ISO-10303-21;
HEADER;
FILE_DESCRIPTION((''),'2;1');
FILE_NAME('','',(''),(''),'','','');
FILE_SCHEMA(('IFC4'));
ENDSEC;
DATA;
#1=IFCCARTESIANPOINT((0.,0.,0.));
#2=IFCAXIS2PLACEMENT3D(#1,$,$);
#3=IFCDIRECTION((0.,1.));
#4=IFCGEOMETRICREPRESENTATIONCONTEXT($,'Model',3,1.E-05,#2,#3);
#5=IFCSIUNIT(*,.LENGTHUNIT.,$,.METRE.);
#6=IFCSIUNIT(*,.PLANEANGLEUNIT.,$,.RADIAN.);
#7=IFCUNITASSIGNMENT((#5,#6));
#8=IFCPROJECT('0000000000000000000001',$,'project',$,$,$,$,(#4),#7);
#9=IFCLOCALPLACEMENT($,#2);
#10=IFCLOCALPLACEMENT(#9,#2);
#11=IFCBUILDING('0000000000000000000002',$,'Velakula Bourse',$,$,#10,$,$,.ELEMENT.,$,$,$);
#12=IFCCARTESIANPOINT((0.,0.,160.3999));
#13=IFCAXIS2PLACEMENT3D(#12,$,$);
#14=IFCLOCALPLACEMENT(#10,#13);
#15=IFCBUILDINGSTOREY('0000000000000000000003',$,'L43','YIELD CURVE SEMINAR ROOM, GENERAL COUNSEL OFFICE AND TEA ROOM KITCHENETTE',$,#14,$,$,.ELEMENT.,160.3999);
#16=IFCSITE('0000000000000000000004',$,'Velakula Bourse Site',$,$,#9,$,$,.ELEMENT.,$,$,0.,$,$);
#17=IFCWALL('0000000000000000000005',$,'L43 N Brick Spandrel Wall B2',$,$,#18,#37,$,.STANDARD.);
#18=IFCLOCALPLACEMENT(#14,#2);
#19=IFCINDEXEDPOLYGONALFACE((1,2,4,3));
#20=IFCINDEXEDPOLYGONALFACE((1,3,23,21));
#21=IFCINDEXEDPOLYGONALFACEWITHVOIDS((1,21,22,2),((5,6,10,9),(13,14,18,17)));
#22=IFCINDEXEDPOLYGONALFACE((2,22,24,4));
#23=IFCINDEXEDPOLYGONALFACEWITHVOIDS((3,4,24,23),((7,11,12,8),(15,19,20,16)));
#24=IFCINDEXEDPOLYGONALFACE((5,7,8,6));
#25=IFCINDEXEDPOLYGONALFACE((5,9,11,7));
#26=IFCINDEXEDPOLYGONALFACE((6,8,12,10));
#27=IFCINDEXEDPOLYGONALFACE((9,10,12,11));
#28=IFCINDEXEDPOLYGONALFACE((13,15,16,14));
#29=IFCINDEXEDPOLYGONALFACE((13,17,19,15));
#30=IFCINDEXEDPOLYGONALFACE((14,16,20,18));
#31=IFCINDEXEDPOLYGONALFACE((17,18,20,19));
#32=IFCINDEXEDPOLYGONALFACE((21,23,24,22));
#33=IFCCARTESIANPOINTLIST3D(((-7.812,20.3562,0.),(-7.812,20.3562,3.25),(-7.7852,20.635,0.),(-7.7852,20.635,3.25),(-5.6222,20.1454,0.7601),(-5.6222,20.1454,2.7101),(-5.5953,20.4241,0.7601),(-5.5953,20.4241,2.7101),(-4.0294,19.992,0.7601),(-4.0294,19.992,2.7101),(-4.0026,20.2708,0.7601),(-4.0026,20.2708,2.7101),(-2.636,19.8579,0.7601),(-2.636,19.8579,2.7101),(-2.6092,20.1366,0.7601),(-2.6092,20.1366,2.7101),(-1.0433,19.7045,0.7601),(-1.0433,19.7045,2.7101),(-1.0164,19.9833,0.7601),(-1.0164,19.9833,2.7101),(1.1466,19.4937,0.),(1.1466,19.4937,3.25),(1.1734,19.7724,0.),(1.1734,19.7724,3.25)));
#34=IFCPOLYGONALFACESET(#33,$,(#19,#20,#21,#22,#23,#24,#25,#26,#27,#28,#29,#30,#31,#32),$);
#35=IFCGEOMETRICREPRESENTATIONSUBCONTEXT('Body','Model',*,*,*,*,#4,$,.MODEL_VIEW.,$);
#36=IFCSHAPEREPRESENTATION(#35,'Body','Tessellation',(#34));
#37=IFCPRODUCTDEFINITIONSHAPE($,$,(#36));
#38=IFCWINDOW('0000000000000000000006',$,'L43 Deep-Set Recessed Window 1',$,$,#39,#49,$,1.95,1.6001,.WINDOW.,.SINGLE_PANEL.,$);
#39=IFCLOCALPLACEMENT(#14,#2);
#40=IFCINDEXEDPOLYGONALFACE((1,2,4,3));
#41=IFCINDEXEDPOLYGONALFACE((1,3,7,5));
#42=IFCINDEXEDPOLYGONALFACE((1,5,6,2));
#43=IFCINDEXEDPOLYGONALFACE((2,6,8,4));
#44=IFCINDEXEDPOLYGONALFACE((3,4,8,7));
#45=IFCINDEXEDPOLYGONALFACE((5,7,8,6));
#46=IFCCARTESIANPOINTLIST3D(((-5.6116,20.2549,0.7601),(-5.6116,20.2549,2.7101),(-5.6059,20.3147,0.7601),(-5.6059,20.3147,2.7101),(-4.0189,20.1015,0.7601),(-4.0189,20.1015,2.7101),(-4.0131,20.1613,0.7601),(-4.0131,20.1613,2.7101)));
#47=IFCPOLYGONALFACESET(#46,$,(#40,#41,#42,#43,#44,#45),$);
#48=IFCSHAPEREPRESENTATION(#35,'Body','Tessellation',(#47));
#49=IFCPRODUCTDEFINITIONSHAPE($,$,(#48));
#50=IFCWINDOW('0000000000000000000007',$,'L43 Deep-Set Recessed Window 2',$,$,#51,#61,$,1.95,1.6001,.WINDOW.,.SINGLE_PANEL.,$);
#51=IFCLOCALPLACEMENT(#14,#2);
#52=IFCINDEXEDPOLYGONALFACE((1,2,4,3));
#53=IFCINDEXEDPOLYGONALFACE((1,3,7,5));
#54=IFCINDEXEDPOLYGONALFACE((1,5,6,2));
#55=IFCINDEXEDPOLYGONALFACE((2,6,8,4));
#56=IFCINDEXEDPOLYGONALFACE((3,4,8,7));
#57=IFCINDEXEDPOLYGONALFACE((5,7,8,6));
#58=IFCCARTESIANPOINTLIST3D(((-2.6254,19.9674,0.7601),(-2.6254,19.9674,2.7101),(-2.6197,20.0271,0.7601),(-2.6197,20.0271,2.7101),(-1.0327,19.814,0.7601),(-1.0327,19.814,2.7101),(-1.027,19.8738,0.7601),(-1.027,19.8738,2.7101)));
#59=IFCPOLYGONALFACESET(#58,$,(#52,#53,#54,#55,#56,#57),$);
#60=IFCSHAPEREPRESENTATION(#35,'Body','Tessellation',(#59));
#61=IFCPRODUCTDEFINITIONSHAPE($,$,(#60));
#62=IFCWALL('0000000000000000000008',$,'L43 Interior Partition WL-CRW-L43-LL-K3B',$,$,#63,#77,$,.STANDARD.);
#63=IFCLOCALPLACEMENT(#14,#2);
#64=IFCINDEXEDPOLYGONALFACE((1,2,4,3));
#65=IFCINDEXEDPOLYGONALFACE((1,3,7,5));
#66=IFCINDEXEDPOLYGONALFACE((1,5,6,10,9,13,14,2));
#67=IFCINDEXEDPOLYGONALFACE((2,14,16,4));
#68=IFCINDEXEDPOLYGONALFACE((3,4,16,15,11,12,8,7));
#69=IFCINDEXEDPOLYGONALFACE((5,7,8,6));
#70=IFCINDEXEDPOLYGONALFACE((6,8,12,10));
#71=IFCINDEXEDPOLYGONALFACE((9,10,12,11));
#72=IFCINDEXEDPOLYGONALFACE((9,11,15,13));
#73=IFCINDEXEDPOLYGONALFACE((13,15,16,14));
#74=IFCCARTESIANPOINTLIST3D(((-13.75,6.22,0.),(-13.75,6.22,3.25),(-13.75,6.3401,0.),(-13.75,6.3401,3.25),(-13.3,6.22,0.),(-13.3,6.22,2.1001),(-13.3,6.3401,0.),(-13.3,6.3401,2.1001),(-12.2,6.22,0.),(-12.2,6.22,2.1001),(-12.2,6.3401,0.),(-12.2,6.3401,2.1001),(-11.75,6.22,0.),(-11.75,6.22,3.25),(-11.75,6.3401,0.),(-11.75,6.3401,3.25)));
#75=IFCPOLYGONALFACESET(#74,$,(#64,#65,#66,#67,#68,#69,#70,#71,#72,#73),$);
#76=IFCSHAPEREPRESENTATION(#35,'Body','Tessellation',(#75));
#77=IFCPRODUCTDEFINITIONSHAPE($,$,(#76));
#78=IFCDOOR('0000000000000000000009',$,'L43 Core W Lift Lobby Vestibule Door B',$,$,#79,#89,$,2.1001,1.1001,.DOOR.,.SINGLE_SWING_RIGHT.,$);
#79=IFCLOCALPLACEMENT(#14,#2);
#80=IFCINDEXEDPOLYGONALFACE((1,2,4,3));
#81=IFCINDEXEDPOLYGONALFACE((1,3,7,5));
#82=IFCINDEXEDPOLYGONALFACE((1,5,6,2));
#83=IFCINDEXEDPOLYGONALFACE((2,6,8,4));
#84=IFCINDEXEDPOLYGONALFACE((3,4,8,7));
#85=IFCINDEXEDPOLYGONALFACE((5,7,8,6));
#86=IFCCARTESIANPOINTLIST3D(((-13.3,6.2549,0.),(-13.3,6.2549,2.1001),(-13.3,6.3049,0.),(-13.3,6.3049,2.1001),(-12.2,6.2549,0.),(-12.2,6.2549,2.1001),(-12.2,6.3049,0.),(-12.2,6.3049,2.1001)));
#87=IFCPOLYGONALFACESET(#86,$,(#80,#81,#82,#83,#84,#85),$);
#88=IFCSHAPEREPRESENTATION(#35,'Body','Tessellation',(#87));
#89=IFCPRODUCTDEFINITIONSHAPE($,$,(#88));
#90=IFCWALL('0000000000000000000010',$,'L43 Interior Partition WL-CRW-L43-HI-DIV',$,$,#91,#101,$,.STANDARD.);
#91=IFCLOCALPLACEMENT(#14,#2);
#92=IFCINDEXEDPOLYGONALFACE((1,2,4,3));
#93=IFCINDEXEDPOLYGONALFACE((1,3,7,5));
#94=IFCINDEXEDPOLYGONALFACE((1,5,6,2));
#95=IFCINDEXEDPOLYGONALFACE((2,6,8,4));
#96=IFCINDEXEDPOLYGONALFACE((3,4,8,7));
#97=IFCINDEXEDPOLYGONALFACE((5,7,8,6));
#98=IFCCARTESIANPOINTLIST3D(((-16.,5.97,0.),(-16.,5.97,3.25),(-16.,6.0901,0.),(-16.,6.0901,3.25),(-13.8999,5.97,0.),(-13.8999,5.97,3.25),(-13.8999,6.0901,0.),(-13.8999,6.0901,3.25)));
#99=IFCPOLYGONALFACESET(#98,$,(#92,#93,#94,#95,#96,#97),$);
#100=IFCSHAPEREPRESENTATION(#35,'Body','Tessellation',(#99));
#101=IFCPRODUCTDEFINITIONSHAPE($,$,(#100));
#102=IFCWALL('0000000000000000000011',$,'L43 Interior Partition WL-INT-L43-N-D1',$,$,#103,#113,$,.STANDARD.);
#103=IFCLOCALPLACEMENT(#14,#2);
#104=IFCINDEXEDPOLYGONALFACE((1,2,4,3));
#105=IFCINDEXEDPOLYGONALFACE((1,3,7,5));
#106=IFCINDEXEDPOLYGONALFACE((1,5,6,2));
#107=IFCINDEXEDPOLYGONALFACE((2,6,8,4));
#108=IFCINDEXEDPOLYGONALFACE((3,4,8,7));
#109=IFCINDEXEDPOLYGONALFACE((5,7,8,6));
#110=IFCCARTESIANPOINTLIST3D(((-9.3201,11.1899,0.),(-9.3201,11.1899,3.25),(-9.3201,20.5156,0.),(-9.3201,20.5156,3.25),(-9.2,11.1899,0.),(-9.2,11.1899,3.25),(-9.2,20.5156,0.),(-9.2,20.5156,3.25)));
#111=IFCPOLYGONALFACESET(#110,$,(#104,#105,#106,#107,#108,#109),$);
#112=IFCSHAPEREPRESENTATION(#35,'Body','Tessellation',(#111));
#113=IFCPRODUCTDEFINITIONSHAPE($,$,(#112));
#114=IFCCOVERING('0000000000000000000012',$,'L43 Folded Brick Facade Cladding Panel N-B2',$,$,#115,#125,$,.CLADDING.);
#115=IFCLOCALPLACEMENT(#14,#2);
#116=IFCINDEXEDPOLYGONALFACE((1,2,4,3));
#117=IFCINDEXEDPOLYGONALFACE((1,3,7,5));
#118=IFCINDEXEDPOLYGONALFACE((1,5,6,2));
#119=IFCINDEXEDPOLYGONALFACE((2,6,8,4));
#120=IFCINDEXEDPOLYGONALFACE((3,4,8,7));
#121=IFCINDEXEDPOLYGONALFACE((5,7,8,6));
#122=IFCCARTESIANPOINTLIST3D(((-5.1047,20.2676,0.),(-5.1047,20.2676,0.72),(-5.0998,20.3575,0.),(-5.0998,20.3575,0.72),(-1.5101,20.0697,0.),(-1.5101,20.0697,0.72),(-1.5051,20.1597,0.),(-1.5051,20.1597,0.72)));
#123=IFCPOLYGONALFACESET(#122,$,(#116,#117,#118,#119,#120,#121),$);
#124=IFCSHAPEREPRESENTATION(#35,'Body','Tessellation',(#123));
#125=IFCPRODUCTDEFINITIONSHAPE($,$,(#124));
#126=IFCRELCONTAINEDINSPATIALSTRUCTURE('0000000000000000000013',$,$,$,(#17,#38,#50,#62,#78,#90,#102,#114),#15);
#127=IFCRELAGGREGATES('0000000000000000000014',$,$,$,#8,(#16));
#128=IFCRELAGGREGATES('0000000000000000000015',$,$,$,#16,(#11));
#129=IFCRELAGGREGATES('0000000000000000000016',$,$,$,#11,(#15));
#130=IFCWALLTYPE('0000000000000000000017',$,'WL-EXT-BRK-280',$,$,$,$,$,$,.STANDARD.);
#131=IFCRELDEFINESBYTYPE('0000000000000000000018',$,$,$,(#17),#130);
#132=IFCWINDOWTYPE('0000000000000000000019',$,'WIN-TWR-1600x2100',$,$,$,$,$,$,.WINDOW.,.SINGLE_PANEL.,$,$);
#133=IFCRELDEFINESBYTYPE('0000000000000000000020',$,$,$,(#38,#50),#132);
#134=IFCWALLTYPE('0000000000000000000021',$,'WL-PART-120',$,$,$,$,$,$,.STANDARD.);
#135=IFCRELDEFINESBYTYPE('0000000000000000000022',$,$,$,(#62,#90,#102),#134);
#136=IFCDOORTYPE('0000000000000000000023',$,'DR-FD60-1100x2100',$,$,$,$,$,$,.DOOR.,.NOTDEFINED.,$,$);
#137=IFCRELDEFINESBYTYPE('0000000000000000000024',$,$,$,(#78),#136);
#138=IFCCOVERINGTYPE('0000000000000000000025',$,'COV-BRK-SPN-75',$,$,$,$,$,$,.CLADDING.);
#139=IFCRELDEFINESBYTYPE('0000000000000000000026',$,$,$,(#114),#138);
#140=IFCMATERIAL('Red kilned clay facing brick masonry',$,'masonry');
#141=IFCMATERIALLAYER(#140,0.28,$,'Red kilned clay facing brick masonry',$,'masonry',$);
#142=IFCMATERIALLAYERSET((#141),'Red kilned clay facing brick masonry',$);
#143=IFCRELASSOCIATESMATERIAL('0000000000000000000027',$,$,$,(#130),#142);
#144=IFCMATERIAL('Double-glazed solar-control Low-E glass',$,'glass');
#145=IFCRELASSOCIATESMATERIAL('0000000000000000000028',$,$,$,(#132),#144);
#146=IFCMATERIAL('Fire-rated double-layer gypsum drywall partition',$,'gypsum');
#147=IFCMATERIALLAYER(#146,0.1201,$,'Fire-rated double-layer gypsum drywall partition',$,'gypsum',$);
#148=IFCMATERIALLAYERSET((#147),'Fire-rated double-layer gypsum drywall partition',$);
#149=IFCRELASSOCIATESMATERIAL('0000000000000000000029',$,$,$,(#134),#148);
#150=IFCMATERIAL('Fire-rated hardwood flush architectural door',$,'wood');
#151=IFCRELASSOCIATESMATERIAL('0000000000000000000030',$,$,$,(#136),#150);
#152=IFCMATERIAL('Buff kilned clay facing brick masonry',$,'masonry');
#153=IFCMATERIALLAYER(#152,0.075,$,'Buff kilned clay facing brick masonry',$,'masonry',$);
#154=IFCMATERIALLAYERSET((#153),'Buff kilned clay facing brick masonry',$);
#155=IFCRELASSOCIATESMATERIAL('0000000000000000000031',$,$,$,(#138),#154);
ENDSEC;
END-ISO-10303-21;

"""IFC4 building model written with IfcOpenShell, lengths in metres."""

from ifc_helpers import new_model, si_unit, direction, frame, frame_2d, origin, origin_2d, place, context, subcontext, project, spatial, rectangle, extrude, material, layer, layer_set, type_object, element, fill, save


model = new_model("IFC4")

# Units and contexts
model_context = context("Model", 3, precision=1e-05, world=origin(), true_north=direction((0.0, 1.0)))
body_context = subcontext(model_context, "Body", "Model", "MODEL_VIEW")
ifc_project = project(units=[si_unit("LENGTHUNIT", "METRE"), si_unit("PLANEANGLEUNIT", "RADIAN")], contexts=[model_context])

# Site, building, storey
site_placement = place(None, origin())
site = spatial("IfcSite", under=ifc_project, at=site_placement, Name="Velakula Bourse Site", CompositionType="ELEMENT", RefElevation=0.0)
building_placement = place(site_placement, origin())
building = spatial("IfcBuilding", under=site, at=building_placement, Name="Velakula Bourse", CompositionType="ELEMENT")
storey_placement = place(building_placement, frame((0.0, 0.0, 160.3999)))
storey = spatial("IfcBuildingStorey", under=building, at=storey_placement, Name="L43", Description="YIELD CURVE SEMINAR ROOM, GENERAL COUNSEL OFFICE AND TEA ROOM KITCHENETTE", CompositionType="ELEMENT", Elevation=160.3999)

# Wall, openings, windows
ifc_material_1 = material(Name="Red kilned clay facing brick masonry", Category="masonry")
ifc_layer_1 = layer(ifc_material_1, 0.28, Name="Red kilned clay facing brick masonry", Category="masonry")
ifc_layer_set_1 = layer_set([ifc_layer_1], Name="Red kilned clay facing brick masonry")
wall_type_1 = type_object("IfcWallType", Name="WL-EXT-BRK-280", PredefinedType="STANDARD", material=ifc_layer_set_1)
wall_1_placement = place(storey_placement, frame((-7.7986, 20.4956, 0.0), z_axis=(0.0, 0.0, 1.0), x_axis=(0.995397, -0.09584, 0.0)))
wall_1 = element("IfcWall", 1, at=wall_1_placement, inside=storey, type_object=wall_type_1, Name="L43 N Brick Spandrel Wall B2", PredefinedType="STANDARD", context=body_context, shape_type="SweptSolid", body=[
    extrude(rectangle(XDim=9.0, YDim=0.28, at=frame_2d((4.5, 0.0))), origin(), (0.0, 0.0, 1.0), 3.25),
])
opening_1_placement = place(wall_1_placement, frame((2.2, 0.0, 0.76)))
opening_1 = element("IfcOpeningElement", 2, at=opening_1_placement, cuts=wall_1, PredefinedType="OPENING", context=body_context, shape_type="SweptSolid", body=[
    extrude(rectangle(XDim=1.6001, YDim=1.95, at=frame_2d((0.8, 0.9751))), frame((0.0, 0.1499, 0.0), z_axis=(0.0, -1.0, 0.0), x_axis=(1.0, 0.0, 0.0)), (0.0, 0.0, 1.0), 0.3),
])
opening_2_placement = place(wall_1_placement, frame((5.2, 0.0, 0.76)))
opening_2 = element("IfcOpeningElement", 3, at=opening_2_placement, cuts=wall_1, PredefinedType="OPENING", context=body_context, shape_type="SweptSolid", body=[
    extrude(rectangle(XDim=1.6001, YDim=1.95, at=frame_2d((0.8, 0.9751))), frame((0.0, 0.1499, 0.0), z_axis=(0.0, -1.0, 0.0), x_axis=(1.0, 0.0, 0.0)), (0.0, 0.0, 1.0), 0.3),
])
ifc_material_2 = material(Name="Double-glazed solar-control Low-E glass", Category="glass")
window_type = type_object("IfcWindowType", Name="WIN-TWR-1600x2100", PartitioningType="SINGLE_PANEL", PredefinedType="WINDOW", material=ifc_material_2)
window_1_placement = place(opening_1_placement, origin())
window_1 = element("IfcWindow", 4, at=window_1_placement, inside=storey, type_object=window_type, Name="L43 Deep-Set Recessed Window 1", OverallHeight=1.95, OverallWidth=1.6001, PartitioningType="SINGLE_PANEL", PredefinedType="WINDOW", context=body_context, shape_type="SweptSolid", body=[
    extrude(rectangle(XDim=1.6001, YDim=1.95, at=frame_2d((0.8, 0.9751))), frame((0.0, 0.03, 0.0), z_axis=(0.0, -1.0, 0.0), x_axis=(1.0, 0.0, 0.0)), (0.0, 0.0, 1.0), 0.0601),
])
fill(opening_1, window_1)
window_2_placement = place(opening_2_placement, origin())
window_2 = element("IfcWindow", 5, at=window_2_placement, inside=storey, type_object=window_type, Name="L43 Deep-Set Recessed Window 2", OverallHeight=1.95, OverallWidth=1.6001, PartitioningType="SINGLE_PANEL", PredefinedType="WINDOW", context=body_context, shape_type="SweptSolid", body=[
    extrude(rectangle(XDim=1.6001, YDim=1.95, at=frame_2d((0.8, 0.9751))), frame((0.0, 0.03, 0.0), z_axis=(0.0, -1.0, 0.0), x_axis=(1.0, 0.0, 0.0)), (0.0, 0.0, 1.0), 0.0601),
])
fill(opening_2, window_2)

# Wall, opening, door
ifc_material_3 = material(Name="Fire-rated double-layer gypsum drywall partition", Category="gypsum")
ifc_layer_2 = layer(ifc_material_3, 0.1201, Name="Fire-rated double-layer gypsum drywall partition", Category="gypsum")
ifc_layer_set_2 = layer_set([ifc_layer_2], Name="Fire-rated double-layer gypsum drywall partition")
wall_type_2 = type_object("IfcWallType", Name="WL-PART-120", PredefinedType="STANDARD", material=ifc_layer_set_2)
wall_2_placement = place(storey_placement, frame((-13.75, 6.28, 0.0), z_axis=(0.0, 0.0, 1.0), x_axis=(1.0, 0.0, 0.0)))
wall_2 = element("IfcWall", 6, at=wall_2_placement, inside=storey, type_object=wall_type_2, Name="L43 Interior Partition WL-CRW-L43-LL-K3B", PredefinedType="STANDARD", context=body_context, shape_type="SweptSolid", body=[
    extrude(rectangle(XDim=2.0, YDim=0.1201, at=frame_2d((1.0, 0.0))), origin(), (0.0, 0.0, 1.0), 3.25),
])
opening_3_placement = place(wall_2_placement, frame((0.45, 0.0, 0.0)))
opening_3 = element("IfcOpeningElement", 7, at=opening_3_placement, cuts=wall_2, PredefinedType="OPENING", context=body_context, shape_type="SweptSolid", body=[
    extrude(rectangle(XDim=1.1001, YDim=2.1001, at=frame_2d((0.55, 1.05))), frame((0.0, 0.0701, 0.0), z_axis=(0.0, -1.0, 0.0), x_axis=(1.0, 0.0, 0.0)), (0.0, 0.0, 1.0), 0.1401),
])
ifc_material_4 = material(Name="Fire-rated hardwood flush architectural door", Category="wood")
door_type = type_object("IfcDoorType", Name="DR-FD60-1100x2100", OperationType="NOTDEFINED", PredefinedType="DOOR", material=ifc_material_4)
door_placement = place(opening_3_placement, origin())
door = element("IfcDoor", 8, at=door_placement, inside=storey, type_object=door_type, Name="L43 Core W Lift Lobby Vestibule Door B", OperationType="SINGLE_SWING_RIGHT", OverallHeight=2.1001, OverallWidth=1.1001, PredefinedType="DOOR", context=body_context, shape_type="SweptSolid", body=[
    extrude(rectangle(XDim=1.1001, YDim=2.1001, at=frame_2d((0.55, 1.05))), frame((0.0, 0.0249, 0.0), z_axis=(0.0, -1.0, 0.0), x_axis=(1.0, 0.0, 0.0)), (0.0, 0.0, 1.0), 0.05),
])
fill(opening_3, door)

# Walls
wall_3_placement = place(storey_placement, frame((-16.0, 6.03, 0.0), z_axis=(0.0, 0.0, 1.0), x_axis=(1.0, 0.0, 0.0)))
element("IfcWall", 9, at=wall_3_placement, inside=storey, type_object=wall_type_2, Name="L43 Interior Partition WL-CRW-L43-HI-DIV", PredefinedType="STANDARD", context=body_context, shape_type="SweptSolid", body=[
    extrude(rectangle(XDim=2.1001, YDim=0.1201, at=frame_2d((1.05, 0.0))), origin(), (0.0, 0.0, 1.0), 3.25),
])
wall_4_placement = place(storey_placement, frame((-9.26, 11.1899, 0.0), z_axis=(0.0, 0.0, 1.0), x_axis=(0.0, 1.0, 0.0)))
element("IfcWall", 10, at=wall_4_placement, inside=storey, type_object=wall_type_2, Name="L43 Interior Partition WL-INT-L43-N-D1", PredefinedType="STANDARD", context=body_context, shape_type="SweptSolid", body=[
    extrude(rectangle(XDim=9.3257, YDim=0.1201, at=frame_2d((4.6628, 0.0))), origin(), (0.0, 0.0, 1.0), 3.25),
])

# Covering
ifc_material_5 = material(Name="Buff kilned clay facing brick masonry", Category="masonry")
ifc_layer_3 = layer(ifc_material_5, 0.075, Name="Buff kilned clay facing brick masonry", Category="masonry")
ifc_layer_set_3 = layer_set([ifc_layer_3], Name="Buff kilned clay facing brick masonry")
covering_type = type_object("IfcCoveringType", Name="COV-BRK-SPN-75", PredefinedType="CLADDING", material=ifc_layer_set_3)
covering_placement = place(storey_placement, frame((-3.3049, 20.2136, 0.0), z_axis=(0.0, 0.0, 1.0), x_axis=(0.998489, -0.05495, 0.0)))
element("IfcCovering", 11, at=covering_placement, inside=storey, type_object=covering_type, Name="L43 Folded Brick Facade Cladding Panel N-B2", PredefinedType="CLADDING", context=body_context, shape_type="SweptSolid", body=[
    extrude(rectangle(XDim=3.6001, YDim=0.0901, at=origin_2d()), origin(), (0.0, 0.0, 1.0), 0.72),
])

save(model, "model.ifc")
